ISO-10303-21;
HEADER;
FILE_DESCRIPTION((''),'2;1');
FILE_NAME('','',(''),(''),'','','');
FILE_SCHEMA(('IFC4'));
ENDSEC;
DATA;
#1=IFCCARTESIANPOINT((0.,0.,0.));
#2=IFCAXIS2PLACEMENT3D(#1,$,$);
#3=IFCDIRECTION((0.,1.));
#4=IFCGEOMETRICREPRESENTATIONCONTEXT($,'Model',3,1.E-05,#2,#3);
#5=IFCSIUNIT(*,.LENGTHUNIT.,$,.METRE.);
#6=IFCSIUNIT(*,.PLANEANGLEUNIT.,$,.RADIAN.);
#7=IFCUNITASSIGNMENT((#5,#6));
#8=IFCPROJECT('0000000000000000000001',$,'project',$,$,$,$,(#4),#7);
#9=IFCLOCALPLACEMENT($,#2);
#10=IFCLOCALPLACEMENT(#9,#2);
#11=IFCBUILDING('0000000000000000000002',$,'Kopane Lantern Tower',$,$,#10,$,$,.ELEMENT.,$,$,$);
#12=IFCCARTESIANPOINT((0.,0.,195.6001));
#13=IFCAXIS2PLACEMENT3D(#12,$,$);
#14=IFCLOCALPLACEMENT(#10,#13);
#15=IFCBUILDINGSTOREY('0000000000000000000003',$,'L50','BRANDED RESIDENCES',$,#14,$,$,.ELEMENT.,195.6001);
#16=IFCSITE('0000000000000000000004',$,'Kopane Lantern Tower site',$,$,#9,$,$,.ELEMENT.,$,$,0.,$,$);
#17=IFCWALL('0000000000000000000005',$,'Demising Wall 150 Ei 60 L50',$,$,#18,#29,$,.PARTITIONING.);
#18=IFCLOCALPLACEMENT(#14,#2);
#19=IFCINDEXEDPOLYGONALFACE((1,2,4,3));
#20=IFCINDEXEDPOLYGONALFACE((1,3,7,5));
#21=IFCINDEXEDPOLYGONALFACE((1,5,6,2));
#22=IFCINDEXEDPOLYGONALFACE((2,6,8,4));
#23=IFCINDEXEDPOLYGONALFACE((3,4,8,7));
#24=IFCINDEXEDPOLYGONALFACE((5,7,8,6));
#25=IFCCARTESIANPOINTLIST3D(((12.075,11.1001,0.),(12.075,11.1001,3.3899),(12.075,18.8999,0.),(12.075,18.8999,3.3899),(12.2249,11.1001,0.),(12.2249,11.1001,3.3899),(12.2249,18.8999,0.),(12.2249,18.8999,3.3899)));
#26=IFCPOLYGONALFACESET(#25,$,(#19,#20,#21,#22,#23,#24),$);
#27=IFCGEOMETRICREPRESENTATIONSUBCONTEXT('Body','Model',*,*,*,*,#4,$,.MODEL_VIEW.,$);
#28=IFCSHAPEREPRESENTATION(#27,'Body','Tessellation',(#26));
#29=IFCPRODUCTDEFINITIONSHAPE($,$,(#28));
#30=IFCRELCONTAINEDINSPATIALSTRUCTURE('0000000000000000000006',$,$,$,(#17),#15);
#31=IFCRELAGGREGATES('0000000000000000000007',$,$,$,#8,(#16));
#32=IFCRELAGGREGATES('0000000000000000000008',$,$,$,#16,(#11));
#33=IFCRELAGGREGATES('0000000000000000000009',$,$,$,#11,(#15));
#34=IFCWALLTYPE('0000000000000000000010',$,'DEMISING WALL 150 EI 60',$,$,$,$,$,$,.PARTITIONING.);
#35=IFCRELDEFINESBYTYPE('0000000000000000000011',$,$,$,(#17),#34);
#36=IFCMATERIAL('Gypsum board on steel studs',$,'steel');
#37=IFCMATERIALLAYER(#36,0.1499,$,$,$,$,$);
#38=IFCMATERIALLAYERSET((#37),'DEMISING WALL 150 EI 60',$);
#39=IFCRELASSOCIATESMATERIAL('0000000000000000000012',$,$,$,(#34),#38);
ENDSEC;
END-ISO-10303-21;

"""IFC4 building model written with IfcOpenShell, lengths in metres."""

from ifc_helpers import new_model, si_unit, direction, frame, frame_2d, origin, place, context, subcontext, project, spatial, rectangle, extrude, material, layer, layer_set, type_object, element, save


model = new_model("IFC4")

# Units and contexts
model_context = context("Model", 3, precision=1e-05, world=origin(), true_north=direction((0.0, 1.0)))
body_context = subcontext(model_context, "Body", "Model", "MODEL_VIEW")
ifc_project = project(units=[si_unit("LENGTHUNIT", "METRE"), si_unit("PLANEANGLEUNIT", "RADIAN")], contexts=[model_context])

# Site, building, storey
site_placement = place(None, origin())
site = spatial("IfcSite", under=ifc_project, at=site_placement, Name="Kopane Lantern Tower site", CompositionType="ELEMENT", RefElevation=0.0)
building_placement = place(site_placement, origin())
building = spatial("IfcBuilding", under=site, at=building_placement, Name="Kopane Lantern Tower", CompositionType="ELEMENT")
storey_placement = place(building_placement, frame((0.0, 0.0, 195.6001)))
storey = spatial("IfcBuildingStorey", under=building, at=storey_placement, Name="L50", Description="BRANDED RESIDENCES", CompositionType="ELEMENT", Elevation=195.6001)

# Wall
ifc_material_1 = material(Name="Gypsum board on steel studs", Category="steel")
ifc_layer_1 = layer(ifc_material_1, 0.1499)
ifc_layer_set_1 = layer_set([ifc_layer_1], Name="DEMISING WALL 150 EI 60")
wall_type_1 = type_object("IfcWallType", Name="DEMISING WALL 150 EI 60", PredefinedType="PARTITIONING", material=ifc_layer_set_1)
wall_1_placement = place(storey_placement, frame((12.1499, 18.8999, 0.0), z_axis=(0.0, 0.0, 1.0), x_axis=(0.0, -1.0, 0.0)))
element("IfcWall", 1, at=wall_1_placement, inside=storey, type_object=wall_type_1, Name="Demising Wall 150 Ei 60 L50", PredefinedType="PARTITIONING", context=body_context, shape_type="SweptSolid", body=[
    extrude(rectangle(XDim=7.7998, YDim=0.1499, at=frame_2d((3.8999, 0.0))), origin(), (0.0, 0.0, 1.0), 3.3899),
])

save(model, "model.ifc")
